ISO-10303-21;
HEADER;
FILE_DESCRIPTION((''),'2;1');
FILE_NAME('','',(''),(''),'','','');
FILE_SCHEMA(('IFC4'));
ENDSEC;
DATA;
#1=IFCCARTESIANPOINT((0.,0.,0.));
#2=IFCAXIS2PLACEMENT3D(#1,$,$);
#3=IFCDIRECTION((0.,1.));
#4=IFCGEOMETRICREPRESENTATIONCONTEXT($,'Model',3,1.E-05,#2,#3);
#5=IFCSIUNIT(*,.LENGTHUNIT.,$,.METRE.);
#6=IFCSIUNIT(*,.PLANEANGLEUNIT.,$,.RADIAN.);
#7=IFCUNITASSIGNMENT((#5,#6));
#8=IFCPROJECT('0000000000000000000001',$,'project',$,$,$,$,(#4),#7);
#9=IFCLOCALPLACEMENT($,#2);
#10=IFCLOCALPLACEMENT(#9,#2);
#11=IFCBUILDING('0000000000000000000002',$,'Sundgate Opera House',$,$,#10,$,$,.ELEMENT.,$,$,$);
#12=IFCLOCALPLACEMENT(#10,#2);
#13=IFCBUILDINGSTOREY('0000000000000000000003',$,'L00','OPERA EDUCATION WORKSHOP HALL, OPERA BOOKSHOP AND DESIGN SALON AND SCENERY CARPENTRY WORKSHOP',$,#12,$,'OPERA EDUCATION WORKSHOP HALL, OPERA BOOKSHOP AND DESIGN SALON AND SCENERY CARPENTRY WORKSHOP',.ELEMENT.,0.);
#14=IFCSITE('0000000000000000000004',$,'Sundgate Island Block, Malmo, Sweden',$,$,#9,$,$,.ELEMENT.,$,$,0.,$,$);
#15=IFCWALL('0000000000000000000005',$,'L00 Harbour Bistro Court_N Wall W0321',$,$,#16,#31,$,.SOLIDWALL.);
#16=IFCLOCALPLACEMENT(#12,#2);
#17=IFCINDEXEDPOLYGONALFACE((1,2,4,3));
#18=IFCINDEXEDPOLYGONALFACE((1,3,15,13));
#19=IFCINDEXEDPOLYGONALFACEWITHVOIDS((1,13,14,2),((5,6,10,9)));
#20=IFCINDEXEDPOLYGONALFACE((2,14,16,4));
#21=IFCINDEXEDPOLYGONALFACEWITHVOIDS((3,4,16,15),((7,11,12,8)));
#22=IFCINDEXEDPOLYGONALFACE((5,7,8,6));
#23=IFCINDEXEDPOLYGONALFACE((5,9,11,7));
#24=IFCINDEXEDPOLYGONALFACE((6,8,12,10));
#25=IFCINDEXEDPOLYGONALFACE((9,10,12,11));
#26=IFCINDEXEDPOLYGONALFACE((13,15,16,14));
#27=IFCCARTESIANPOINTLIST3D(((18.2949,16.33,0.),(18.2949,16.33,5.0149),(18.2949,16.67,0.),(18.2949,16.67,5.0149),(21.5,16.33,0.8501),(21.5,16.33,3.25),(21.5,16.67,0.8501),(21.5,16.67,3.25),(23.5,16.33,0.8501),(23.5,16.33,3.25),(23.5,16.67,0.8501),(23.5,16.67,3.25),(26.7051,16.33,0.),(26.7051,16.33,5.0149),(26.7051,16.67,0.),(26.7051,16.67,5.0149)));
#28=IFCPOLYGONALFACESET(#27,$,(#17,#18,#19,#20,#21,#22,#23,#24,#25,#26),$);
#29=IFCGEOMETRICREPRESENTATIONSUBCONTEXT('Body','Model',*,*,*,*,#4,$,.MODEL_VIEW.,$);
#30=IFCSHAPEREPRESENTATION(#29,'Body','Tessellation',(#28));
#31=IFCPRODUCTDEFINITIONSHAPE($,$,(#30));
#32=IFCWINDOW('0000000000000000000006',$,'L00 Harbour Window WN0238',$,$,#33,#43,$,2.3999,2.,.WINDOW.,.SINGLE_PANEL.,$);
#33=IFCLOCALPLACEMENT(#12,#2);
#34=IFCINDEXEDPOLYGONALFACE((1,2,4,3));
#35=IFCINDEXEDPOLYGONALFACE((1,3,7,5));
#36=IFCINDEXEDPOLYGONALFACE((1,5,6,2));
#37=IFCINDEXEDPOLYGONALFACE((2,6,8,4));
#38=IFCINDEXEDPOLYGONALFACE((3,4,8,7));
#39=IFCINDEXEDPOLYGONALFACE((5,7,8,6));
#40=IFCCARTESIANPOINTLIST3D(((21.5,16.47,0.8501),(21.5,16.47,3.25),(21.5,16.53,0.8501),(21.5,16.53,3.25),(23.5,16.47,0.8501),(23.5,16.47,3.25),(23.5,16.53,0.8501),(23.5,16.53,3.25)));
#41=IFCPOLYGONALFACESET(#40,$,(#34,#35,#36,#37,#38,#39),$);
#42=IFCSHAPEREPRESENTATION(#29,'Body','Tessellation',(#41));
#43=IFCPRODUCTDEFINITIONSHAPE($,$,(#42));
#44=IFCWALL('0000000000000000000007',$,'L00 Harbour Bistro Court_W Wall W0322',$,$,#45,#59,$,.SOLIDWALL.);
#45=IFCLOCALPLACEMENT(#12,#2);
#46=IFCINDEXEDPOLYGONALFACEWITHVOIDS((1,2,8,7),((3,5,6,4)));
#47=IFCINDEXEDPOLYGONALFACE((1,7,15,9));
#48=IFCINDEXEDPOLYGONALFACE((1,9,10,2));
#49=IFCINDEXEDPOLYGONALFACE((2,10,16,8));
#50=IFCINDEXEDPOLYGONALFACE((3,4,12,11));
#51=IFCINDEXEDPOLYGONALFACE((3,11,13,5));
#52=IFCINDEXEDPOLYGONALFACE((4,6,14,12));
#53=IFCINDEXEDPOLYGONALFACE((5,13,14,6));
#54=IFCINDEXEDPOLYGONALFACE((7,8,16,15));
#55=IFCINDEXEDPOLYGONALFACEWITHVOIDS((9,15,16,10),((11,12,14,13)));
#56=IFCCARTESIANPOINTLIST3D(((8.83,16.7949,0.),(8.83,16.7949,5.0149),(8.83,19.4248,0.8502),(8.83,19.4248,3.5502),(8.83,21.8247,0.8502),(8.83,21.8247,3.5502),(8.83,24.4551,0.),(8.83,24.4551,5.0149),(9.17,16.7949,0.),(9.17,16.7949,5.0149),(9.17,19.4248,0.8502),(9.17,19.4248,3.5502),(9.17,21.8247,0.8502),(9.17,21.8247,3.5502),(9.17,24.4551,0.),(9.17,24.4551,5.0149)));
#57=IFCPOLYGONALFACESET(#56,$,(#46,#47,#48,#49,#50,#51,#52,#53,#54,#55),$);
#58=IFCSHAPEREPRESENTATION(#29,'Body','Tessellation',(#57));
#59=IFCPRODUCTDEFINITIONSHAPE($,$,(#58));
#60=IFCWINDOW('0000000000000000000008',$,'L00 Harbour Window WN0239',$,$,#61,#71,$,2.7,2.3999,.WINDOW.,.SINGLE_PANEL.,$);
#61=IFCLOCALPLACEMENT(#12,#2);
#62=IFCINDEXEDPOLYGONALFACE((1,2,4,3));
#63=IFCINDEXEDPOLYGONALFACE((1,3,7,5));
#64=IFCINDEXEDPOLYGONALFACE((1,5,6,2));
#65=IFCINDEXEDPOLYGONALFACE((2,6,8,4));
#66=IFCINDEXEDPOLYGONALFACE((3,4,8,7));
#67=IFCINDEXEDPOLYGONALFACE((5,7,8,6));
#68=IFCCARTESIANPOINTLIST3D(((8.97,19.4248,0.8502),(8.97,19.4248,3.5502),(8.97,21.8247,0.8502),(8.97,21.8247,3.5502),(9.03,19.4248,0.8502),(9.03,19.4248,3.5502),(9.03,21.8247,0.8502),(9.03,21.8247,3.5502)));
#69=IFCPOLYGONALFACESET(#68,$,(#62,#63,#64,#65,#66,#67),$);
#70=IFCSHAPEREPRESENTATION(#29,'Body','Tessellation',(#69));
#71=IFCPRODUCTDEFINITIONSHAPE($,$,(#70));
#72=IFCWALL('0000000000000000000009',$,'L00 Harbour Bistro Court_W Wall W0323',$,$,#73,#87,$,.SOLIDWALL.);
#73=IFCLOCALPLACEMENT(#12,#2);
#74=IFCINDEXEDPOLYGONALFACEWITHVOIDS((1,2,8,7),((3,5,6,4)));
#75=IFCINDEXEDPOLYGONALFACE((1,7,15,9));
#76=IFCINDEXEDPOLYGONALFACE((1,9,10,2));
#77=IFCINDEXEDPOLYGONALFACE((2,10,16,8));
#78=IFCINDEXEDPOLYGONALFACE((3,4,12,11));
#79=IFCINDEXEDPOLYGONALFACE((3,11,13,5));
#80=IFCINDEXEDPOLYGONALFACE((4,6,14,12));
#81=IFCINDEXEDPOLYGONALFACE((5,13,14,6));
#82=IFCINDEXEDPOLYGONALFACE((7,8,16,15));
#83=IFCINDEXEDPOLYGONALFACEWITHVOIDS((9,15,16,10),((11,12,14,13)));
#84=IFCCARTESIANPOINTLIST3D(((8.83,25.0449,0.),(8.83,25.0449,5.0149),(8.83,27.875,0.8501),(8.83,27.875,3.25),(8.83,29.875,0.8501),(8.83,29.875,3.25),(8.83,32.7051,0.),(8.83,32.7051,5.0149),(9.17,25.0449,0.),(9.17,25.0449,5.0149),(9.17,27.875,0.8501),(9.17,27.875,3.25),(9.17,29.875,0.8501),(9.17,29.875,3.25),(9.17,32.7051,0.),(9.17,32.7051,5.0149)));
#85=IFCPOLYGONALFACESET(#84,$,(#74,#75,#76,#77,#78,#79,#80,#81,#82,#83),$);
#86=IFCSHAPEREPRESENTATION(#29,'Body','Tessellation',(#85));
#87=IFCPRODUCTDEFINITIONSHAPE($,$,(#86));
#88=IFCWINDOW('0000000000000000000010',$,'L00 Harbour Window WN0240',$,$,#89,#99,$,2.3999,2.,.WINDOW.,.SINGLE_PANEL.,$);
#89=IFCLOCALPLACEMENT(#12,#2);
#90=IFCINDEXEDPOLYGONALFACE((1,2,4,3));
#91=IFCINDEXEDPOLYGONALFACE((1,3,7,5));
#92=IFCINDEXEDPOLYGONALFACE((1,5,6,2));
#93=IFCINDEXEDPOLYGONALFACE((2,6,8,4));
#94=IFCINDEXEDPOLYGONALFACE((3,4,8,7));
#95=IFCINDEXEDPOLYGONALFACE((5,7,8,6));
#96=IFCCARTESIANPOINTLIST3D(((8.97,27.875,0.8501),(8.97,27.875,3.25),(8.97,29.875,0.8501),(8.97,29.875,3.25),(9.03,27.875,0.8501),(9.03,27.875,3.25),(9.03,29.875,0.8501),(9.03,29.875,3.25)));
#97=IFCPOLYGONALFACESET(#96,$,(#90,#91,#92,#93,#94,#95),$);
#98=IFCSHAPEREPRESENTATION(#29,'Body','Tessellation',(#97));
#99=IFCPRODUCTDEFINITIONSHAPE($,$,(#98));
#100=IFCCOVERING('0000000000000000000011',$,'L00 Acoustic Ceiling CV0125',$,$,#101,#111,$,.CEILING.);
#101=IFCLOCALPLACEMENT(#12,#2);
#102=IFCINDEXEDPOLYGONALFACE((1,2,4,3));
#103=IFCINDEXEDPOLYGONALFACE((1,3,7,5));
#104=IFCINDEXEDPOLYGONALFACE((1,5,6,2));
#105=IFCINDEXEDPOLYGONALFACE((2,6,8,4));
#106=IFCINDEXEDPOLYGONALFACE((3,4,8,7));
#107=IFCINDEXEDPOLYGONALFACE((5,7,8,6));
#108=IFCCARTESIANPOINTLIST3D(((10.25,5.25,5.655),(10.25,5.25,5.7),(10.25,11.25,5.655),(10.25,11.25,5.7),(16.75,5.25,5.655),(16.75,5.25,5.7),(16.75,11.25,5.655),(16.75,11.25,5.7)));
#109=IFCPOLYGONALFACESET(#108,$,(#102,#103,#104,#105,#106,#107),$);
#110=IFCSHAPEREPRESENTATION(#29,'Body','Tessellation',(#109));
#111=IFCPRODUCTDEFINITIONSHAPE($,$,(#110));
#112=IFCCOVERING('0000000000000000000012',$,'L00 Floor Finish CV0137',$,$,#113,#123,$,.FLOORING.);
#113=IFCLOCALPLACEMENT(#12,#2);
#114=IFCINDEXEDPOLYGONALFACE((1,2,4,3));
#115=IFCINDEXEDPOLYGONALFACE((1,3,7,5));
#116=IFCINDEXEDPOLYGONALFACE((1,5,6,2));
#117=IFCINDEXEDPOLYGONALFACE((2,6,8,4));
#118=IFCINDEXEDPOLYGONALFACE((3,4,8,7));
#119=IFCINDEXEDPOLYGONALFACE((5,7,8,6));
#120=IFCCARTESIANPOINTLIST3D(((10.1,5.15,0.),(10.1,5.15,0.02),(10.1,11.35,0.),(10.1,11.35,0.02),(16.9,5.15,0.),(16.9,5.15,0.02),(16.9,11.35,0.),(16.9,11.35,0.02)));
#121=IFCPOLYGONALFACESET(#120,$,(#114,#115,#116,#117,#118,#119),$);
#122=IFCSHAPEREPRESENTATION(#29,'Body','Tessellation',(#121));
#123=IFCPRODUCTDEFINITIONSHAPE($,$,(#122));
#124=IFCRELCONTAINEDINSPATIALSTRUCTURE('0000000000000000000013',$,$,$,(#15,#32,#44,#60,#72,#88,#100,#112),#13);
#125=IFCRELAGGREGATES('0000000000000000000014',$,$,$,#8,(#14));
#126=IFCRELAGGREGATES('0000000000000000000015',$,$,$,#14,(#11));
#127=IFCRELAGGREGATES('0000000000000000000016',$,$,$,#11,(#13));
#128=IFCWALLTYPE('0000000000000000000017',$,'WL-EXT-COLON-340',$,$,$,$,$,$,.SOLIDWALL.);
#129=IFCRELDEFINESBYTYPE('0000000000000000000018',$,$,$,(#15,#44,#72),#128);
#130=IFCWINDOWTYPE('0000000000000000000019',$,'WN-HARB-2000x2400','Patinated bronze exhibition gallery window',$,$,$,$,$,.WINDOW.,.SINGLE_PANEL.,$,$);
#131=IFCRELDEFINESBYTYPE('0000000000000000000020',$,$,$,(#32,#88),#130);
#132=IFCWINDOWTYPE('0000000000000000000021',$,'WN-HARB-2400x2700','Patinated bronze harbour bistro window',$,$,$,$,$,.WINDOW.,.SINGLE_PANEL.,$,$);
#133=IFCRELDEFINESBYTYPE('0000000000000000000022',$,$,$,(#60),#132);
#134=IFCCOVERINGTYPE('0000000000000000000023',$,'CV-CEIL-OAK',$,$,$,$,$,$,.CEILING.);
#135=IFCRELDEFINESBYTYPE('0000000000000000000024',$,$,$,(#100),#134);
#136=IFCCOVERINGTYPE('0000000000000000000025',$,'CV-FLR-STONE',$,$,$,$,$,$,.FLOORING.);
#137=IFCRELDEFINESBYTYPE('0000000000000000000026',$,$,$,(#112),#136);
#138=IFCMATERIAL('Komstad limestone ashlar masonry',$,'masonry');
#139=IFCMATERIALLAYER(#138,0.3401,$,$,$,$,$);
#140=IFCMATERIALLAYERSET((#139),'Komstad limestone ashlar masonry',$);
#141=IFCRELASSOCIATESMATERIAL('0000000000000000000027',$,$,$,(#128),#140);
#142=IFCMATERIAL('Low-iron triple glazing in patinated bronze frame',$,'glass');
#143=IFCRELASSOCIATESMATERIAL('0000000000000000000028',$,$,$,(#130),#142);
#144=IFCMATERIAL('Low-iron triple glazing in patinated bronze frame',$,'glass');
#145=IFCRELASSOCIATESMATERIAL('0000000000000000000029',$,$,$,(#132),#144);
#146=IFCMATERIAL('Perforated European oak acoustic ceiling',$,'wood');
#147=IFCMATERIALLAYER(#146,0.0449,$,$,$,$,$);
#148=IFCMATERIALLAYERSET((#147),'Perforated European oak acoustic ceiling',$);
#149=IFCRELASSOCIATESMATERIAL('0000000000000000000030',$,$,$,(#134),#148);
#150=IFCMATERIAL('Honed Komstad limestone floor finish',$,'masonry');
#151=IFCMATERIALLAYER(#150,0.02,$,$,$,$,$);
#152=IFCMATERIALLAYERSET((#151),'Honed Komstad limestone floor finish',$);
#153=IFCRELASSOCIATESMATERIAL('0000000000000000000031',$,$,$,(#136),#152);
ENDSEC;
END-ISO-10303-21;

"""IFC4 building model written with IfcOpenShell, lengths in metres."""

from ifc_helpers import new_model, si_unit, direction, frame, frame_2d, origin, origin_2d, place, context, subcontext, project, spatial, rectangle, extrude, material, layer, layer_set, type_object, element, fill, save


model = new_model("IFC4")

# Units and contexts
model_context = context("Model", 3, precision=1e-05, world=origin(), true_north=direction((0.0, 1.0)))
body_context = subcontext(model_context, "Body", "Model", "MODEL_VIEW")
ifc_project = project(units=[si_unit("LENGTHUNIT", "METRE"), si_unit("PLANEANGLEUNIT", "RADIAN")], contexts=[model_context])

# Site, building, storey
site_placement = place(None, origin())
site = spatial("IfcSite", under=ifc_project, at=site_placement, Name="Sundgate Island Block, Malmo, Sweden", CompositionType="ELEMENT", RefElevation=0.0)
building_placement = place(site_placement, origin())
building = spatial("IfcBuilding", under=site, at=building_placement, Name="Sundgate Opera House", CompositionType="ELEMENT")
storey_placement = place(building_placement, origin())
storey = spatial("IfcBuildingStorey", under=building, at=storey_placement, Name="L00", Description="OPERA EDUCATION WORKSHOP HALL, OPERA BOOKSHOP AND DESIGN SALON AND SCENERY CARPENTRY WORKSHOP", LongName="OPERA EDUCATION WORKSHOP HALL, OPERA BOOKSHOP AND DESIGN SALON AND SCENERY CARPENTRY WORKSHOP", CompositionType="ELEMENT", Elevation=0.0)

# Walls, openings, windows
ifc_material_1 = material(Name="Komstad limestone ashlar masonry", Category="masonry")
ifc_layer_1 = layer(ifc_material_1, 0.3401)
ifc_layer_set_1 = layer_set([ifc_layer_1], Name="Komstad limestone ashlar masonry")
wall_type = type_object("IfcWallType", Name="WL-EXT-COLON-340", PredefinedType="SOLIDWALL", material=ifc_layer_set_1)
ifc_material_2 = material(Name="Low-iron triple glazing in patinated bronze frame", Category="glass")
window_type_1 = type_object("IfcWindowType", Name="WN-HARB-2000x2400", Description="Patinated bronze exhibition gallery window", PartitioningType="SINGLE_PANEL", PredefinedType="WINDOW", material=ifc_material_2)
ifc_material_3 = material(Name="Low-iron triple glazing in patinated bronze frame", Category="glass")
window_type_2 = type_object("IfcWindowType", Name="WN-HARB-2400x2700", Description="Patinated bronze harbour bistro window", PartitioningType="SINGLE_PANEL", PredefinedType="WINDOW", material=ifc_material_3)
wall_1_placement = place(storey_placement, frame((18.2949, 16.5, 0.0), z_axis=(0.0, 0.0, 1.0), x_axis=(1.0, 0.0, 0.0)))
wall_1 = element("IfcWall", 1, at=wall_1_placement, inside=storey, type_object=wall_type, Name="L00 Harbour Bistro Court_N Wall W0321", PredefinedType="SOLIDWALL", context=body_context, shape_type="SweptSolid", body=[
    extrude(rectangle(XDim=8.4102, YDim=0.3401, at=frame_2d((4.2051, 0.0))), origin(), (0.0, 0.0, 1.0), 5.0149),
])
opening_1_placement = place(wall_1_placement, frame((3.2051, 0.0, 0.8501)))
opening_1 = element("IfcOpeningElement", 2, at=opening_1_placement, cuts=wall_1, PredefinedType="OPENING", context=body_context, shape_type="SweptSolid", body=[
    extrude(rectangle(XDim=2.0, YDim=2.3999, at=frame_2d((1.0, 1.2))), frame((0.0, 0.1799, 0.0), z_axis=(0.0, -1.0, 0.0), x_axis=(1.0, 0.0, 0.0)), (0.0, 0.0, 1.0), 0.3601),
])
window_1_placement = place(opening_1_placement, origin())
window_1 = element("IfcWindow", 3, at=window_1_placement, inside=storey, type_object=window_type_1, Name="L00 Harbour Window WN0238", OverallHeight=2.3999, OverallWidth=2.0, PartitioningType="SINGLE_PANEL", PredefinedType="WINDOW", context=body_context, shape_type="SweptSolid", body=[
    extrude(rectangle(XDim=2.0, YDim=2.3999, at=frame_2d((1.0, 1.2))), frame((0.0, 0.03, 0.0), z_axis=(0.0, -1.0, 0.0), x_axis=(1.0, 0.0, 0.0)), (0.0, 0.0, 1.0), 0.0601),
])
fill(opening_1, window_1)
wall_2_placement = place(storey_placement, frame((9.0, 16.7949, 0.0), z_axis=(0.0, 0.0, 1.0), x_axis=(0.0, 1.0, 0.0)))
wall_2 = element("IfcWall", 4, at=wall_2_placement, inside=storey, type_object=wall_type, Name="L00 Harbour Bistro Court_W Wall W0322", PredefinedType="SOLIDWALL", context=body_context, shape_type="SweptSolid", body=[
    extrude(rectangle(XDim=7.6602, YDim=0.3401, at=frame_2d((3.8301, 0.0))), origin(), (0.0, 0.0, 1.0), 5.0149),
])
opening_2_placement = place(wall_2_placement, frame((2.6299, 0.0, 0.8501)))
opening_2 = element("IfcOpeningElement", 5, at=opening_2_placement, cuts=wall_2, PredefinedType="OPENING", context=body_context, shape_type="SweptSolid", body=[
    extrude(rectangle(XDim=2.3999, YDim=2.7, at=frame_2d((1.2, 1.3501))), frame((0.0, 0.1799, 0.0), z_axis=(0.0, -1.0, 0.0), x_axis=(1.0, 0.0, 0.0)), (0.0, 0.0, 1.0), 0.3601),
])
window_2_placement = place(opening_2_placement, origin())
window_2 = element("IfcWindow", 6, at=window_2_placement, inside=storey, type_object=window_type_2, Name="L00 Harbour Window WN0239", OverallHeight=2.7, OverallWidth=2.3999, PartitioningType="SINGLE_PANEL", PredefinedType="WINDOW", context=body_context, shape_type="SweptSolid", body=[
    extrude(rectangle(XDim=2.3999, YDim=2.7, at=frame_2d((1.2, 1.3501))), frame((0.0, 0.03, 0.0), z_axis=(0.0, -1.0, 0.0), x_axis=(1.0, 0.0, 0.0)), (0.0, 0.0, 1.0), 0.0601),
])
fill(opening_2, window_2)
wall_3_placement = place(storey_placement, frame((9.0, 25.0449, 0.0), z_axis=(0.0, 0.0, 1.0), x_axis=(0.0, 1.0, 0.0)))
wall_3 = element("IfcWall", 7, at=wall_3_placement, inside=storey, type_object=wall_type, Name="L00 Harbour Bistro Court_W Wall W0323", PredefinedType="SOLIDWALL", context=body_context, shape_type="SweptSolid", body=[
    extrude(rectangle(XDim=7.6602, YDim=0.3401, at=frame_2d((3.8301, 0.0))), origin(), (0.0, 0.0, 1.0), 5.0149),
])
opening_3_placement = place(wall_3_placement, frame((2.8301, 0.0, 0.8501)))
opening_3 = element("IfcOpeningElement", 8, at=opening_3_placement, cuts=wall_3, PredefinedType="OPENING", context=body_context, shape_type="SweptSolid", body=[
    extrude(rectangle(XDim=2.0, YDim=2.3999, at=frame_2d((1.0, 1.2))), frame((0.0, 0.1799, 0.0), z_axis=(0.0, -1.0, 0.0), x_axis=(1.0, 0.0, 0.0)), (0.0, 0.0, 1.0), 0.3601),
])
window_3_placement = place(opening_3_placement, origin())
window_3 = element("IfcWindow", 9, at=window_3_placement, inside=storey, type_object=window_type_1, Name="L00 Harbour Window WN0240", OverallHeight=2.3999, OverallWidth=2.0, PartitioningType="SINGLE_PANEL", PredefinedType="WINDOW", context=body_context, shape_type="SweptSolid", body=[
    extrude(rectangle(XDim=2.0, YDim=2.3999, at=frame_2d((1.0, 1.2))), frame((0.0, 0.03, 0.0), z_axis=(0.0, -1.0, 0.0), x_axis=(1.0, 0.0, 0.0)), (0.0, 0.0, 1.0), 0.0601),
])
fill(opening_3, window_3)

# Coverings
ifc_material_4 = material(Name="Perforated European oak acoustic ceiling", Category="wood")
ifc_layer_2 = layer(ifc_material_4, 0.0449)
ifc_layer_set_2 = layer_set([ifc_layer_2], Name="Perforated European oak acoustic ceiling")
covering_type_1 = type_object("IfcCoveringType", Name="CV-CEIL-OAK", PredefinedType="CEILING", material=ifc_layer_set_2)
covering_1_placement = place(storey_placement, frame((13.5, 8.25, 5.655), z_axis=(0.0, 0.0, 1.0), x_axis=(1.0, 0.0, 0.0)))
element("IfcCovering", 10, at=covering_1_placement, inside=storey, type_object=covering_type_1, Name="L00 Acoustic Ceiling CV0125", PredefinedType="CEILING", context=body_context, shape_type="SweptSolid", body=[
    extrude(rectangle(XDim=6.5, YDim=6.0, at=origin_2d()), origin(), (0.0, 0.0, 1.0), 0.0449),
])
ifc_material_5 = material(Name="Honed Komstad limestone floor finish", Category="masonry")
ifc_layer_3 = layer(ifc_material_5, 0.02)
ifc_layer_set_3 = layer_set([ifc_layer_3], Name="Honed Komstad limestone floor finish")
covering_type_2 = type_object("IfcCoveringType", Name="CV-FLR-STONE", PredefinedType="FLOORING", material=ifc_layer_set_3)
covering_2_placement = place(storey_placement, frame((13.5, 8.25, 0.0), z_axis=(0.0, 0.0, 1.0), x_axis=(1.0, 0.0, 0.0)))
element("IfcCovering", 11, at=covering_2_placement, inside=storey, type_object=covering_type_2, Name="L00 Floor Finish CV0137", PredefinedType="FLOORING", context=body_context, shape_type="SweptSolid", body=[
    extrude(rectangle(XDim=6.8, YDim=6.2, at=origin_2d()), origin(), (0.0, 0.0, 1.0), 0.02),
])

save(model, "model.ifc")
